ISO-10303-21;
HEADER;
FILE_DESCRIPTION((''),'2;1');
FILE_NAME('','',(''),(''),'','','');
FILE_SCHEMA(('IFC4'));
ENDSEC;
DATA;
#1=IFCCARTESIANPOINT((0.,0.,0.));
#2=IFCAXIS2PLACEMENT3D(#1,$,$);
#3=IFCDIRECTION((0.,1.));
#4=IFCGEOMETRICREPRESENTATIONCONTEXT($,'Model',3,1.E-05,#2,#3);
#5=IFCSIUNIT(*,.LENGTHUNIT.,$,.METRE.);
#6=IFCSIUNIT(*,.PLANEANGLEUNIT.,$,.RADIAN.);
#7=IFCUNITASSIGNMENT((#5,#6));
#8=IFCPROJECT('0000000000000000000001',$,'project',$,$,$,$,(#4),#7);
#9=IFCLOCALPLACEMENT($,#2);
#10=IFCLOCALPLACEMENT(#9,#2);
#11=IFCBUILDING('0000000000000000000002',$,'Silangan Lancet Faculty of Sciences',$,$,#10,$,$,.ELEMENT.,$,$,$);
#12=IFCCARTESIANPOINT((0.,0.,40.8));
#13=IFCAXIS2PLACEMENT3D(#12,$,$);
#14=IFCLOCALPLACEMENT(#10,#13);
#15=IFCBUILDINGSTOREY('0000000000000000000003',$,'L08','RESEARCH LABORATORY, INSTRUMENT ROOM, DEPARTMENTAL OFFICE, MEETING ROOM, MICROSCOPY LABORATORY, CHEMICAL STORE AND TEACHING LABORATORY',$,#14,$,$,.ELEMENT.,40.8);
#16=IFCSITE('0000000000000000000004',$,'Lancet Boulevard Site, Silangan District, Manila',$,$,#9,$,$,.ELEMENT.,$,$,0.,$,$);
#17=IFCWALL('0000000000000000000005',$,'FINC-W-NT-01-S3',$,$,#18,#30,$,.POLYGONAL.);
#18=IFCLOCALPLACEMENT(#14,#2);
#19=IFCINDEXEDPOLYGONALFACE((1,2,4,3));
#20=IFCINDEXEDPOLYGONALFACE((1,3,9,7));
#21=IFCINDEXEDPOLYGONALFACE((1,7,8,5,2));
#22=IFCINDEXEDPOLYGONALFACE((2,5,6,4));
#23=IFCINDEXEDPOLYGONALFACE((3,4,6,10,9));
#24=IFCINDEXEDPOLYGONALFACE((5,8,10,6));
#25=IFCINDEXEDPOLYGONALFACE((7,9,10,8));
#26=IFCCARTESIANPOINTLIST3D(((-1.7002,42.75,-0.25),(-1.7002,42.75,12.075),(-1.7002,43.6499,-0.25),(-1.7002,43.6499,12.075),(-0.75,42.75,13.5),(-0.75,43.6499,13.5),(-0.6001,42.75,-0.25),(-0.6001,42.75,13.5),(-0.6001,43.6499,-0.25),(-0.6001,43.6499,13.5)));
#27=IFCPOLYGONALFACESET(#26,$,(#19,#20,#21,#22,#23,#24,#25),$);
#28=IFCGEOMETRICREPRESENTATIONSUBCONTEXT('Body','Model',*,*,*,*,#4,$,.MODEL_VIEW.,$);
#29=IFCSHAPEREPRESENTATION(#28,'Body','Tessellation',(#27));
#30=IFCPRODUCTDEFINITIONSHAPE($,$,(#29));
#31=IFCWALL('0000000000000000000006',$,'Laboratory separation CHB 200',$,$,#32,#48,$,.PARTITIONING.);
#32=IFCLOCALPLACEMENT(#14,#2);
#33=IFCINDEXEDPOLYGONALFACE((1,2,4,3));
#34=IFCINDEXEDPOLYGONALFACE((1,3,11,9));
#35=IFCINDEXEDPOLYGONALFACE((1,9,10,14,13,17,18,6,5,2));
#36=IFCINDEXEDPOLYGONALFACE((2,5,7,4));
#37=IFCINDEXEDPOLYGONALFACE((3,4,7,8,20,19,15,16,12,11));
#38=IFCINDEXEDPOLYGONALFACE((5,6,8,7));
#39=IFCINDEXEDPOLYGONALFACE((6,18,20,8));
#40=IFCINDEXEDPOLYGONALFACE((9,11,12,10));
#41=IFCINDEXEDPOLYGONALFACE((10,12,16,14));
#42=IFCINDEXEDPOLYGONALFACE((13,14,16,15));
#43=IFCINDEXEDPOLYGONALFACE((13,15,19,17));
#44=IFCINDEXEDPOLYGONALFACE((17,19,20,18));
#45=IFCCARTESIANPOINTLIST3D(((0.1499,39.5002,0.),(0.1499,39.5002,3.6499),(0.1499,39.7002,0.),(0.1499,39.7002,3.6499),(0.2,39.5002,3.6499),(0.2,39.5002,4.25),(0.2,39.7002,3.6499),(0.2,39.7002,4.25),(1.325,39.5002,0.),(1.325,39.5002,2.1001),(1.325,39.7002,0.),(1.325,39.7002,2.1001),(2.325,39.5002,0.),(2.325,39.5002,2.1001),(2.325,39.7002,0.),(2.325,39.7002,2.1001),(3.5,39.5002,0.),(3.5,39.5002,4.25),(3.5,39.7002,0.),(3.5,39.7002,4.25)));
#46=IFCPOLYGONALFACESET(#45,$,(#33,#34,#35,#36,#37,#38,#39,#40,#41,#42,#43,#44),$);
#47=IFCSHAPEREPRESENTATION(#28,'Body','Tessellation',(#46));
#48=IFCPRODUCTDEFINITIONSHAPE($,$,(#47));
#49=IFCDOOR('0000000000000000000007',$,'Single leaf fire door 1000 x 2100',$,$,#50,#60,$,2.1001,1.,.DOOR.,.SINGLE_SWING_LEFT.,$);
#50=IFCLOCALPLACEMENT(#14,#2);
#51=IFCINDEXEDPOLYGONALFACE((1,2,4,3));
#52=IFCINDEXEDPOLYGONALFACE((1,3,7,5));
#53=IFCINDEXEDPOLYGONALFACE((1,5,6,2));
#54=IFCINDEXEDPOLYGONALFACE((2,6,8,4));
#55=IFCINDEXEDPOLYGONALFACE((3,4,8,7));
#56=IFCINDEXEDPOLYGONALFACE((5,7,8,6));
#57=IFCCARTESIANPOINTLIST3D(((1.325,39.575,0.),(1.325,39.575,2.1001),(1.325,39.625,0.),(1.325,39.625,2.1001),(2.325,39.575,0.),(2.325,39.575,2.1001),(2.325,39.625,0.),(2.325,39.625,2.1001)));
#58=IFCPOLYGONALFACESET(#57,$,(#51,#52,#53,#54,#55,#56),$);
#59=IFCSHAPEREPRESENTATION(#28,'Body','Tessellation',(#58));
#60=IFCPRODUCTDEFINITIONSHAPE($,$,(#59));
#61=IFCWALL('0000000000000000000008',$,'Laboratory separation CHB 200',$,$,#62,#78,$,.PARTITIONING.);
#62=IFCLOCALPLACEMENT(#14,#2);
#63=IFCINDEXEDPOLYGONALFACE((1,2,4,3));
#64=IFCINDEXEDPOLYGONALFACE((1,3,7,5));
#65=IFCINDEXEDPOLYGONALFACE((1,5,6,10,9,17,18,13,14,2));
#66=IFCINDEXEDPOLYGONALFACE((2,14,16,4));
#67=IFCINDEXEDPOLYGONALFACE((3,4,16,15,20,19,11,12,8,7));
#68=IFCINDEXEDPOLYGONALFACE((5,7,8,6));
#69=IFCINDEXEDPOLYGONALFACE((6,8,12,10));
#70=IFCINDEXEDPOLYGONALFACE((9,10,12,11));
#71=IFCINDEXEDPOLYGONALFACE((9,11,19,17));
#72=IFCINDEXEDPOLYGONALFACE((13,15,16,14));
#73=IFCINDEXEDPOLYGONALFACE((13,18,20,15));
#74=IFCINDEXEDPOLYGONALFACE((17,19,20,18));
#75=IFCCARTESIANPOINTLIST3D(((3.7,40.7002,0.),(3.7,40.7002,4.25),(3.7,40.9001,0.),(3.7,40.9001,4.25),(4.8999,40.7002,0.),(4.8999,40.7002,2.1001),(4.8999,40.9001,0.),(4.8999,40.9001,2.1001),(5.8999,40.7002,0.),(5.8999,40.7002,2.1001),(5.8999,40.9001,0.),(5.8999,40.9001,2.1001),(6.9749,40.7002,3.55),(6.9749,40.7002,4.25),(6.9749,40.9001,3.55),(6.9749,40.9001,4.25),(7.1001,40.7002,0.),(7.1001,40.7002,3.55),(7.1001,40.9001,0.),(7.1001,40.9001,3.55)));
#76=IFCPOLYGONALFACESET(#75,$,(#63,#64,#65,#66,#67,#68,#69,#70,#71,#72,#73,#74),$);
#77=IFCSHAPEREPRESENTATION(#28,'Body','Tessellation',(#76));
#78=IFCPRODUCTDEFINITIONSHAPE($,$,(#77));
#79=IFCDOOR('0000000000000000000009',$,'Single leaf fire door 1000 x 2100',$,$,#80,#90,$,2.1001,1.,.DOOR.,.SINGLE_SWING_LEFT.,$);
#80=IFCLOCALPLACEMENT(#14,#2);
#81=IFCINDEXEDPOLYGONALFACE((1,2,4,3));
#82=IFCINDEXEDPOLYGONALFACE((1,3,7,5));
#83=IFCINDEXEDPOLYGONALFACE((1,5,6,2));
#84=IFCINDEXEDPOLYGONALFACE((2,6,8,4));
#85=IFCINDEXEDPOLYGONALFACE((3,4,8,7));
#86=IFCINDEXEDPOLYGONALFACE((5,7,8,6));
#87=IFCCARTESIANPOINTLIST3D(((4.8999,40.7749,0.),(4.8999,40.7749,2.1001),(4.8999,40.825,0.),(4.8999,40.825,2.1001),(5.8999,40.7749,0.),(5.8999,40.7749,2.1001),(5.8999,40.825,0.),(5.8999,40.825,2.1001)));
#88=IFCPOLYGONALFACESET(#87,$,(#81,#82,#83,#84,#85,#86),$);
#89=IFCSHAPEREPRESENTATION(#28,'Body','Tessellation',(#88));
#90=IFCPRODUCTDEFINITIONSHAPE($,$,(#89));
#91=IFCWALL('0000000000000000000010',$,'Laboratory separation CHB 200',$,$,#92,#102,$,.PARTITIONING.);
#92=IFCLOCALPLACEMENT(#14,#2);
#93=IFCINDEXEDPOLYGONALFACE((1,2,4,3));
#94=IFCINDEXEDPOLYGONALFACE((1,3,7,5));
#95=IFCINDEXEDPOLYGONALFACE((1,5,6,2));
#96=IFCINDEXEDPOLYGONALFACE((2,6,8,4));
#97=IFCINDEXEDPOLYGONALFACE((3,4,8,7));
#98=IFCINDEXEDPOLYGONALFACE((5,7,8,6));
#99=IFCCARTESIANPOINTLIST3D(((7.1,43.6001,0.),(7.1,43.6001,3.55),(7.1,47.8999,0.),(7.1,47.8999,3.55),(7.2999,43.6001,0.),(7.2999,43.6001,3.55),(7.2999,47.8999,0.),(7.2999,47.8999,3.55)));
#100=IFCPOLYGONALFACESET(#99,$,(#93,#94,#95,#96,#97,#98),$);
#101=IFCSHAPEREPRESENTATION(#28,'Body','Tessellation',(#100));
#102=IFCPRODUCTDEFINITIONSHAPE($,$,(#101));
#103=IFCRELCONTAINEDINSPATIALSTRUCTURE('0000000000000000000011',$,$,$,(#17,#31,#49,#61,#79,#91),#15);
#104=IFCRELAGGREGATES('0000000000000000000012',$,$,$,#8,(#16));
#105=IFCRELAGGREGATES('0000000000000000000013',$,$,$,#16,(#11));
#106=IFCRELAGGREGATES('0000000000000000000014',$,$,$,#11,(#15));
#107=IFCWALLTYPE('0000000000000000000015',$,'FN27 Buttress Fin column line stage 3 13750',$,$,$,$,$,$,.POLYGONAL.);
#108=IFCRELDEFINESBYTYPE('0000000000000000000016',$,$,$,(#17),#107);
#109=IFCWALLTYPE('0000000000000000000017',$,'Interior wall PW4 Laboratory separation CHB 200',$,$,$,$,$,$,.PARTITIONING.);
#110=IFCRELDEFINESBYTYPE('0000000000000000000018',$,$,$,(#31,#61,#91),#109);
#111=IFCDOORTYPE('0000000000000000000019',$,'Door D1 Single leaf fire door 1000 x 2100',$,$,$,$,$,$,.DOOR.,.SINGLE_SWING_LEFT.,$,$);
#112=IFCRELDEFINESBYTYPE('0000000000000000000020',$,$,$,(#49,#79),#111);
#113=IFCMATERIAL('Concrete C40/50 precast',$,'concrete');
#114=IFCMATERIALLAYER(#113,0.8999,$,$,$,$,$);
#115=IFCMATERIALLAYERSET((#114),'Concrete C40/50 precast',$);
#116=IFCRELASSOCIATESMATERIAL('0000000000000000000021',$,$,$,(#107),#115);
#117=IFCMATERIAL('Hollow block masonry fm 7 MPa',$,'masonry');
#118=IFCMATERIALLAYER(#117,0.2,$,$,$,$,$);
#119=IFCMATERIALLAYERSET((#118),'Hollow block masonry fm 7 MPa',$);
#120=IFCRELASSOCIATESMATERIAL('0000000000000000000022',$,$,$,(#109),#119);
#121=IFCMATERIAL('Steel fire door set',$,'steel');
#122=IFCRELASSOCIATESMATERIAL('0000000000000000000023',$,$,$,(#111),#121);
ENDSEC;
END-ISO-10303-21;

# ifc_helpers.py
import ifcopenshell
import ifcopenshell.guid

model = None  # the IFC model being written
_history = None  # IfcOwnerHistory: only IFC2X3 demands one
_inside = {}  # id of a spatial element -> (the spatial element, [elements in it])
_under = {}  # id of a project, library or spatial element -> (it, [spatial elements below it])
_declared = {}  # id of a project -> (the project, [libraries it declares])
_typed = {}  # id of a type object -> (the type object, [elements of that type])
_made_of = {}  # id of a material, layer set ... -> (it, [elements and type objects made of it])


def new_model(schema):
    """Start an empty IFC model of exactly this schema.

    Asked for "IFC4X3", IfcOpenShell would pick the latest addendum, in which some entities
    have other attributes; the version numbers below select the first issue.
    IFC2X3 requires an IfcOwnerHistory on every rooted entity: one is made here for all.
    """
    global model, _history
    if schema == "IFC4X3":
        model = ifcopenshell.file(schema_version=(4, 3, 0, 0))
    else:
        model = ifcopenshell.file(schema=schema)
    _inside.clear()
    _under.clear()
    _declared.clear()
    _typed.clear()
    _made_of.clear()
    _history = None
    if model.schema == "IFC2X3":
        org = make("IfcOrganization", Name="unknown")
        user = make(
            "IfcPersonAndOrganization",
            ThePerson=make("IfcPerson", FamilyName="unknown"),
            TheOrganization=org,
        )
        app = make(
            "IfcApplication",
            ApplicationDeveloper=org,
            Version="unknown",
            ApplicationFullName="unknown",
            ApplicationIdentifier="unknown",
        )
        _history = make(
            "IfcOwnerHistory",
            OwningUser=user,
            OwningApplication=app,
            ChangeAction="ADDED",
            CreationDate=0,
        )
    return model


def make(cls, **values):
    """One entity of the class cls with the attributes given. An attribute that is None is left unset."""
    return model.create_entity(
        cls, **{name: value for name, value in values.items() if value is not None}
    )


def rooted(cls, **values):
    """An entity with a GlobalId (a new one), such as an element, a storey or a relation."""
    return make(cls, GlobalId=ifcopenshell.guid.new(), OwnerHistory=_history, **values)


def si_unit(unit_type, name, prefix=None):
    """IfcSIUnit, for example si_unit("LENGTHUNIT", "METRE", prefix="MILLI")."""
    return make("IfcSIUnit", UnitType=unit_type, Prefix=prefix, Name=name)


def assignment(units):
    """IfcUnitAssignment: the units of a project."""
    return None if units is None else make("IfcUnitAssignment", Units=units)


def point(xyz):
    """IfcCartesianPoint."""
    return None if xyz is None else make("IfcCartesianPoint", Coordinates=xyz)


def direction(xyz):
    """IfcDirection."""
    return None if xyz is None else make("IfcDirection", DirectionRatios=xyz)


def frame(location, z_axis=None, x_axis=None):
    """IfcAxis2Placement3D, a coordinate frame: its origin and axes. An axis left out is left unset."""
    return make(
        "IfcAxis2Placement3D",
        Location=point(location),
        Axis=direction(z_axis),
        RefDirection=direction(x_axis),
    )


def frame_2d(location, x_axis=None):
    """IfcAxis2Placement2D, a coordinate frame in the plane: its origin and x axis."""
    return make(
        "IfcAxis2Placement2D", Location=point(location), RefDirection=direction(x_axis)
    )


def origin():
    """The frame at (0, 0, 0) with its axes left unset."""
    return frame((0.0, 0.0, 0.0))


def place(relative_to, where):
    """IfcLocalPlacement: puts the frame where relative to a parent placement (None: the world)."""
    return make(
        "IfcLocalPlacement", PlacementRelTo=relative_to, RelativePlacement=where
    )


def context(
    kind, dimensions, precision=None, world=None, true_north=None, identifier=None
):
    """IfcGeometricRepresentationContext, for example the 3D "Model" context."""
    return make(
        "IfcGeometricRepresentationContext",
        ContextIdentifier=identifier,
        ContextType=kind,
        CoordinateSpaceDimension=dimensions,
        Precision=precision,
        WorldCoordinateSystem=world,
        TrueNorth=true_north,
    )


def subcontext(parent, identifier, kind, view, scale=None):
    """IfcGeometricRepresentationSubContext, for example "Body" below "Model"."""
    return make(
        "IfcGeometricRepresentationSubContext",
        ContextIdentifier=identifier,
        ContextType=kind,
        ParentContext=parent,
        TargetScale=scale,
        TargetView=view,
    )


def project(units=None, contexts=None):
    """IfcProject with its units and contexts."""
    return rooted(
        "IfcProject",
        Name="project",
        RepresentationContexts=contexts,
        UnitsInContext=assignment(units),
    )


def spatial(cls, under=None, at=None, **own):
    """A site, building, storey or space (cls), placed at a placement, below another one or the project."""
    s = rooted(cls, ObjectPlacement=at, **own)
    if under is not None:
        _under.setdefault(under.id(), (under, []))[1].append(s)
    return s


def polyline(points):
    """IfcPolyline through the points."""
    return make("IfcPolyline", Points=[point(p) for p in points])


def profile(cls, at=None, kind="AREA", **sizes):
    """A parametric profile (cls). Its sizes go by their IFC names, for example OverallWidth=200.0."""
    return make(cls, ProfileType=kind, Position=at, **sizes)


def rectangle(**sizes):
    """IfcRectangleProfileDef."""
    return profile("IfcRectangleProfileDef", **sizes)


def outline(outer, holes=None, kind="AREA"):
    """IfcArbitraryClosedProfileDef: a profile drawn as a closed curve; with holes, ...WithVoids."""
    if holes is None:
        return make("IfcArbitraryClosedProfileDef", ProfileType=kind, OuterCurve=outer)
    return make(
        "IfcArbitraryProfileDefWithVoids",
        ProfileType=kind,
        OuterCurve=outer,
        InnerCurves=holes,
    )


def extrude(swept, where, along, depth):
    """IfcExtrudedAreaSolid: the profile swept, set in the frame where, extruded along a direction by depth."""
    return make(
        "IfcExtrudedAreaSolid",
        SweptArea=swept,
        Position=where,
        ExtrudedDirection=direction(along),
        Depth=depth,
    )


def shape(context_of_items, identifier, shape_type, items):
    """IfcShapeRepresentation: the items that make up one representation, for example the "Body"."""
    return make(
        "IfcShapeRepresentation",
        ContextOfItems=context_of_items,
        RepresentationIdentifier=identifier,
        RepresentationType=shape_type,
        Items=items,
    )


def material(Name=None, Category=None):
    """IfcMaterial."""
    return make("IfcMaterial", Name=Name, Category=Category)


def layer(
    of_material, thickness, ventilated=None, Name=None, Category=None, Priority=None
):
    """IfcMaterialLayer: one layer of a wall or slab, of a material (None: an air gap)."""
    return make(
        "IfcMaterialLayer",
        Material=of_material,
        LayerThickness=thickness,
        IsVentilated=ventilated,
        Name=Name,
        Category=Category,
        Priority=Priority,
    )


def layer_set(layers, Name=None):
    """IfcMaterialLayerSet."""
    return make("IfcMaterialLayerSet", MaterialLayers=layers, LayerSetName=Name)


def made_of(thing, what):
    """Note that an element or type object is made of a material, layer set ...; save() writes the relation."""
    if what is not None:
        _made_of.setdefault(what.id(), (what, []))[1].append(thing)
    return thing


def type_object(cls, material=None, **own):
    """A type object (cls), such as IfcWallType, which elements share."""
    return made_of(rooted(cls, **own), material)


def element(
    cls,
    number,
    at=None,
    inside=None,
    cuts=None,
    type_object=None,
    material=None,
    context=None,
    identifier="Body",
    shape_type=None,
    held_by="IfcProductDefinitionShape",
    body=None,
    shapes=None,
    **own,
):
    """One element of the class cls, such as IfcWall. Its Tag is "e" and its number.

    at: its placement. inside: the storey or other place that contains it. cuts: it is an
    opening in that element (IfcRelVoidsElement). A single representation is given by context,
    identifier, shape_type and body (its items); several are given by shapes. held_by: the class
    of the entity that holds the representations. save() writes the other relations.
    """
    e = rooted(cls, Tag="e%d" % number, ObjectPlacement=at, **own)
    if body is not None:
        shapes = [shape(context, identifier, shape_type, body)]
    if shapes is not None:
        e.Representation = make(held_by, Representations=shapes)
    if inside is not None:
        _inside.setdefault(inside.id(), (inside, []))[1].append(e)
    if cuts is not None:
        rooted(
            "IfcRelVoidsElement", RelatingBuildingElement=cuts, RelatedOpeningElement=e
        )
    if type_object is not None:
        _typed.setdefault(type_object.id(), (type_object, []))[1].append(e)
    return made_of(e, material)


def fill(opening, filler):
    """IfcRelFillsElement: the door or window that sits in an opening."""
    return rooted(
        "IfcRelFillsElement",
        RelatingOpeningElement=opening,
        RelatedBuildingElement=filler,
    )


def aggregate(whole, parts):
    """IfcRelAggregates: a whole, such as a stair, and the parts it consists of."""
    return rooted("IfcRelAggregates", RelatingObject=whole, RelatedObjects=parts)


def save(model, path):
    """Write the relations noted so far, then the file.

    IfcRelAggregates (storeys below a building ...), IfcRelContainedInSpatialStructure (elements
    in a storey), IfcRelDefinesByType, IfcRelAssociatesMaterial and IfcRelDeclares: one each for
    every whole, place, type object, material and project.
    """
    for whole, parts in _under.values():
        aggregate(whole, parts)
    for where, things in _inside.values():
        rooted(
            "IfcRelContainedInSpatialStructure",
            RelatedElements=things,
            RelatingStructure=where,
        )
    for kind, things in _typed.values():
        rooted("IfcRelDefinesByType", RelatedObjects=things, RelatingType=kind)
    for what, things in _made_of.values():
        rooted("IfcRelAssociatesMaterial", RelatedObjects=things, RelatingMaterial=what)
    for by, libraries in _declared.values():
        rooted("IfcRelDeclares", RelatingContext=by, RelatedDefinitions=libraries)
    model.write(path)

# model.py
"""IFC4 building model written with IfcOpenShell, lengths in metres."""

from ifc_helpers import new_model, si_unit, direction, frame, frame_2d, origin, place, context, subcontext, project, spatial, polyline, rectangle, outline, extrude, material, layer, layer_set, type_object, element, fill, save


model = new_model("IFC4")

# Units and contexts
model_context = context("Model", 3, precision=1e-05, world=origin(), true_north=direction((0.0, 1.0)))
body_context = subcontext(model_context, "Body", "Model", "MODEL_VIEW")
ifc_project = project(units=[si_unit("LENGTHUNIT", "METRE"), si_unit("PLANEANGLEUNIT", "RADIAN")], contexts=[model_context])

# Site, building, storey
site_placement = place(None, origin())
site = spatial("IfcSite", under=ifc_project, at=site_placement, Name="Lancet Boulevard Site, Silangan District, Manila", CompositionType="ELEMENT", RefElevation=0.0)
building_placement = place(site_placement, origin())
building = spatial("IfcBuilding", under=site, at=building_placement, Name="Silangan Lancet Faculty of Sciences", CompositionType="ELEMENT")
storey_placement = place(building_placement, frame((0.0, 0.0, 40.8)))
storey = spatial("IfcBuildingStorey", under=building, at=storey_placement, Name="L08", Description="RESEARCH LABORATORY, INSTRUMENT ROOM, DEPARTMENTAL OFFICE, MEETING ROOM, MICROSCOPY LABORATORY, CHEMICAL STORE AND TEACHING LABORATORY", CompositionType="ELEMENT", Elevation=40.8)

# Wall
ifc_material_1 = material(Name="Concrete C40/50 precast", Category="concrete")
ifc_layer_1 = layer(ifc_material_1, 0.8999)
ifc_layer_set_1 = layer_set([ifc_layer_1], Name="Concrete C40/50 precast")
wall_type_1 = type_object("IfcWallType", Name="FN27 Buttress Fin column line stage 3 13750", PredefinedType="POLYGONAL", material=ifc_layer_set_1)
wall_1_placement = place(storey_placement, frame((-0.6001, 43.2, -0.25), z_axis=(0.0, 0.0, 1.0), x_axis=(-1.0, 0.0, 0.0)))
element("IfcWall", 1, at=wall_1_placement, inside=storey, type_object=wall_type_1, Name="FINC-W-NT-01-S3", PredefinedType="POLYGONAL", context=body_context, shape_type="SweptSolid", body=[
    extrude(outline(polyline([(1.1001, 0.0), (1.1001, 12.325), (0.1499, 13.75), (0.0, 13.75), (0.0, 0.0), (1.1001, 0.0)])), frame((0.0, 0.45, 0.0), z_axis=(0.0, -1.0, 0.0), x_axis=(1.0, 0.0, 0.0)), (0.0, 0.0, 1.0), 0.8999),
])

# Walls, openings, doors
ifc_material_2 = material(Name="Hollow block masonry fm 7 MPa", Category="masonry")
ifc_layer_2 = layer(ifc_material_2, 0.2)
ifc_layer_set_2 = layer_set([ifc_layer_2], Name="Hollow block masonry fm 7 MPa")
wall_type_2 = type_object("IfcWallType", Name="Interior wall PW4 Laboratory separation CHB 200", PredefinedType="PARTITIONING", material=ifc_layer_set_2)
wall_2_placement = place(storey_placement, frame((0.1499, 39.6001, 0.0), z_axis=(0.0, 0.0, 1.0), x_axis=(1.0, 0.0, 0.0)))
wall_2 = element("IfcWall", 2, at=wall_2_placement, inside=storey, type_object=wall_type_2, Name="Laboratory separation CHB 200", PredefinedType="PARTITIONING", context=body_context, shape_type="SweptSolid", body=[
    extrude(outline(polyline([(0.0, 0.0), (3.3501, 0.0), (3.3501, 4.25), (0.05, 4.25), (0.05, 3.6499), (0.0, 3.6499), (0.0, 0.0)])), frame((0.0, 0.1001, 0.0), z_axis=(0.0, -1.0, 0.0), x_axis=(1.0, 0.0, 0.0)), (0.0, 0.0, 1.0), 0.2),
])
opening_1_placement = place(wall_2_placement, frame((1.175, 0.0, 0.0)))
opening_1 = element("IfcOpeningElement", 3, at=opening_1_placement, cuts=wall_2, PredefinedType="OPENING", context=body_context, shape_type="SweptSolid", body=[
    extrude(rectangle(XDim=1.0, YDim=2.1001, at=frame_2d((0.5, 1.05))), frame((0.0, 0.1099, 0.0), z_axis=(0.0, -1.0, 0.0), x_axis=(1.0, 0.0, 0.0)), (0.0, 0.0, 1.0), 0.22),
])
ifc_material_3 = material(Name="Steel fire door set", Category="steel")
door_type = type_object("IfcDoorType", Name="Door D1 Single leaf fire door 1000 x 2100", OperationType="SINGLE_SWING_LEFT", PredefinedType="DOOR", material=ifc_material_3)
door_1_placement = place(opening_1_placement, frame((1.0, 0.0, 0.0), z_axis=(0.0, 0.0, 1.0), x_axis=(-1.0, 0.0, 0.0)))
door_1 = element("IfcDoor", 4, at=door_1_placement, inside=storey, type_object=door_type, Name="Single leaf fire door 1000 x 2100", OperationType="SINGLE_SWING_LEFT", OverallHeight=2.1001, OverallWidth=1.0, PredefinedType="DOOR", context=body_context, shape_type="SweptSolid", body=[
    extrude(rectangle(XDim=1.0, YDim=2.1001, at=frame_2d((0.5, 1.05))), frame((0.0, 0.0251, 0.0), z_axis=(0.0, -1.0, 0.0), x_axis=(1.0, 0.0, 0.0)), (0.0, 0.0, 1.0), 0.05),
])
fill(opening_1, door_1)
wall_3_placement = place(storey_placement, frame((3.7, 40.8, 0.0), z_axis=(0.0, 0.0, 1.0), x_axis=(1.0, 0.0, 0.0)))
wall_3 = element("IfcWall", 5, at=wall_3_placement, inside=storey, type_object=wall_type_2, Name="Laboratory separation CHB 200", PredefinedType="PARTITIONING", context=body_context, shape_type="SweptSolid", body=[
    extrude(outline(polyline([(0.0, 0.0), (3.4001, 0.0), (3.4001, 3.55), (3.2749, 3.55), (3.2749, 4.25), (0.0, 4.25), (0.0, 0.0)])), frame((0.0, 0.1001, 0.0), z_axis=(0.0, -1.0, 0.0), x_axis=(1.0, 0.0, 0.0)), (0.0, 0.0, 1.0), 0.2),
])
opening_2_placement = place(wall_3_placement, frame((1.2, 0.0, 0.0)))
opening_2 = element("IfcOpeningElement", 6, at=opening_2_placement, cuts=wall_3, PredefinedType="OPENING", context=body_context, shape_type="SweptSolid", body=[
    extrude(rectangle(XDim=1.0, YDim=2.1001, at=frame_2d((0.5, 1.05))), frame((0.0, 0.1099, 0.0), z_axis=(0.0, -1.0, 0.0), x_axis=(1.0, 0.0, 0.0)), (0.0, 0.0, 1.0), 0.22),
])
door_2_placement = place(opening_2_placement, frame((1.0, 0.0, 0.0), z_axis=(0.0, 0.0, 1.0), x_axis=(-1.0, 0.0, 0.0)))
door_2 = element("IfcDoor", 7, at=door_2_placement, inside=storey, type_object=door_type, Name="Single leaf fire door 1000 x 2100", OperationType="SINGLE_SWING_LEFT", OverallHeight=2.1001, OverallWidth=1.0, PredefinedType="DOOR", context=body_context, shape_type="SweptSolid", body=[
    extrude(rectangle(XDim=1.0, YDim=2.1001, at=frame_2d((0.5, 1.05))), frame((0.0, 0.0251, 0.0), z_axis=(0.0, -1.0, 0.0), x_axis=(1.0, 0.0, 0.0)), (0.0, 0.0, 1.0), 0.05),
])
fill(opening_2, door_2)

# Wall
wall_4_placement = place(storey_placement, frame((7.2, 43.6001, 0.0), z_axis=(0.0, 0.0, 1.0), x_axis=(0.0, 1.0, 0.0)))
element("IfcWall", 8, at=wall_4_placement, inside=storey, type_object=wall_type_2, Name="Laboratory separation CHB 200", PredefinedType="PARTITIONING", context=body_context, shape_type="SweptSolid", body=[
    extrude(rectangle(XDim=4.2998, YDim=0.2, at=frame_2d((2.1499, 0.0))), origin(), (0.0, 0.0, 1.0), 3.55),
])

save(model, "model.ifc")
